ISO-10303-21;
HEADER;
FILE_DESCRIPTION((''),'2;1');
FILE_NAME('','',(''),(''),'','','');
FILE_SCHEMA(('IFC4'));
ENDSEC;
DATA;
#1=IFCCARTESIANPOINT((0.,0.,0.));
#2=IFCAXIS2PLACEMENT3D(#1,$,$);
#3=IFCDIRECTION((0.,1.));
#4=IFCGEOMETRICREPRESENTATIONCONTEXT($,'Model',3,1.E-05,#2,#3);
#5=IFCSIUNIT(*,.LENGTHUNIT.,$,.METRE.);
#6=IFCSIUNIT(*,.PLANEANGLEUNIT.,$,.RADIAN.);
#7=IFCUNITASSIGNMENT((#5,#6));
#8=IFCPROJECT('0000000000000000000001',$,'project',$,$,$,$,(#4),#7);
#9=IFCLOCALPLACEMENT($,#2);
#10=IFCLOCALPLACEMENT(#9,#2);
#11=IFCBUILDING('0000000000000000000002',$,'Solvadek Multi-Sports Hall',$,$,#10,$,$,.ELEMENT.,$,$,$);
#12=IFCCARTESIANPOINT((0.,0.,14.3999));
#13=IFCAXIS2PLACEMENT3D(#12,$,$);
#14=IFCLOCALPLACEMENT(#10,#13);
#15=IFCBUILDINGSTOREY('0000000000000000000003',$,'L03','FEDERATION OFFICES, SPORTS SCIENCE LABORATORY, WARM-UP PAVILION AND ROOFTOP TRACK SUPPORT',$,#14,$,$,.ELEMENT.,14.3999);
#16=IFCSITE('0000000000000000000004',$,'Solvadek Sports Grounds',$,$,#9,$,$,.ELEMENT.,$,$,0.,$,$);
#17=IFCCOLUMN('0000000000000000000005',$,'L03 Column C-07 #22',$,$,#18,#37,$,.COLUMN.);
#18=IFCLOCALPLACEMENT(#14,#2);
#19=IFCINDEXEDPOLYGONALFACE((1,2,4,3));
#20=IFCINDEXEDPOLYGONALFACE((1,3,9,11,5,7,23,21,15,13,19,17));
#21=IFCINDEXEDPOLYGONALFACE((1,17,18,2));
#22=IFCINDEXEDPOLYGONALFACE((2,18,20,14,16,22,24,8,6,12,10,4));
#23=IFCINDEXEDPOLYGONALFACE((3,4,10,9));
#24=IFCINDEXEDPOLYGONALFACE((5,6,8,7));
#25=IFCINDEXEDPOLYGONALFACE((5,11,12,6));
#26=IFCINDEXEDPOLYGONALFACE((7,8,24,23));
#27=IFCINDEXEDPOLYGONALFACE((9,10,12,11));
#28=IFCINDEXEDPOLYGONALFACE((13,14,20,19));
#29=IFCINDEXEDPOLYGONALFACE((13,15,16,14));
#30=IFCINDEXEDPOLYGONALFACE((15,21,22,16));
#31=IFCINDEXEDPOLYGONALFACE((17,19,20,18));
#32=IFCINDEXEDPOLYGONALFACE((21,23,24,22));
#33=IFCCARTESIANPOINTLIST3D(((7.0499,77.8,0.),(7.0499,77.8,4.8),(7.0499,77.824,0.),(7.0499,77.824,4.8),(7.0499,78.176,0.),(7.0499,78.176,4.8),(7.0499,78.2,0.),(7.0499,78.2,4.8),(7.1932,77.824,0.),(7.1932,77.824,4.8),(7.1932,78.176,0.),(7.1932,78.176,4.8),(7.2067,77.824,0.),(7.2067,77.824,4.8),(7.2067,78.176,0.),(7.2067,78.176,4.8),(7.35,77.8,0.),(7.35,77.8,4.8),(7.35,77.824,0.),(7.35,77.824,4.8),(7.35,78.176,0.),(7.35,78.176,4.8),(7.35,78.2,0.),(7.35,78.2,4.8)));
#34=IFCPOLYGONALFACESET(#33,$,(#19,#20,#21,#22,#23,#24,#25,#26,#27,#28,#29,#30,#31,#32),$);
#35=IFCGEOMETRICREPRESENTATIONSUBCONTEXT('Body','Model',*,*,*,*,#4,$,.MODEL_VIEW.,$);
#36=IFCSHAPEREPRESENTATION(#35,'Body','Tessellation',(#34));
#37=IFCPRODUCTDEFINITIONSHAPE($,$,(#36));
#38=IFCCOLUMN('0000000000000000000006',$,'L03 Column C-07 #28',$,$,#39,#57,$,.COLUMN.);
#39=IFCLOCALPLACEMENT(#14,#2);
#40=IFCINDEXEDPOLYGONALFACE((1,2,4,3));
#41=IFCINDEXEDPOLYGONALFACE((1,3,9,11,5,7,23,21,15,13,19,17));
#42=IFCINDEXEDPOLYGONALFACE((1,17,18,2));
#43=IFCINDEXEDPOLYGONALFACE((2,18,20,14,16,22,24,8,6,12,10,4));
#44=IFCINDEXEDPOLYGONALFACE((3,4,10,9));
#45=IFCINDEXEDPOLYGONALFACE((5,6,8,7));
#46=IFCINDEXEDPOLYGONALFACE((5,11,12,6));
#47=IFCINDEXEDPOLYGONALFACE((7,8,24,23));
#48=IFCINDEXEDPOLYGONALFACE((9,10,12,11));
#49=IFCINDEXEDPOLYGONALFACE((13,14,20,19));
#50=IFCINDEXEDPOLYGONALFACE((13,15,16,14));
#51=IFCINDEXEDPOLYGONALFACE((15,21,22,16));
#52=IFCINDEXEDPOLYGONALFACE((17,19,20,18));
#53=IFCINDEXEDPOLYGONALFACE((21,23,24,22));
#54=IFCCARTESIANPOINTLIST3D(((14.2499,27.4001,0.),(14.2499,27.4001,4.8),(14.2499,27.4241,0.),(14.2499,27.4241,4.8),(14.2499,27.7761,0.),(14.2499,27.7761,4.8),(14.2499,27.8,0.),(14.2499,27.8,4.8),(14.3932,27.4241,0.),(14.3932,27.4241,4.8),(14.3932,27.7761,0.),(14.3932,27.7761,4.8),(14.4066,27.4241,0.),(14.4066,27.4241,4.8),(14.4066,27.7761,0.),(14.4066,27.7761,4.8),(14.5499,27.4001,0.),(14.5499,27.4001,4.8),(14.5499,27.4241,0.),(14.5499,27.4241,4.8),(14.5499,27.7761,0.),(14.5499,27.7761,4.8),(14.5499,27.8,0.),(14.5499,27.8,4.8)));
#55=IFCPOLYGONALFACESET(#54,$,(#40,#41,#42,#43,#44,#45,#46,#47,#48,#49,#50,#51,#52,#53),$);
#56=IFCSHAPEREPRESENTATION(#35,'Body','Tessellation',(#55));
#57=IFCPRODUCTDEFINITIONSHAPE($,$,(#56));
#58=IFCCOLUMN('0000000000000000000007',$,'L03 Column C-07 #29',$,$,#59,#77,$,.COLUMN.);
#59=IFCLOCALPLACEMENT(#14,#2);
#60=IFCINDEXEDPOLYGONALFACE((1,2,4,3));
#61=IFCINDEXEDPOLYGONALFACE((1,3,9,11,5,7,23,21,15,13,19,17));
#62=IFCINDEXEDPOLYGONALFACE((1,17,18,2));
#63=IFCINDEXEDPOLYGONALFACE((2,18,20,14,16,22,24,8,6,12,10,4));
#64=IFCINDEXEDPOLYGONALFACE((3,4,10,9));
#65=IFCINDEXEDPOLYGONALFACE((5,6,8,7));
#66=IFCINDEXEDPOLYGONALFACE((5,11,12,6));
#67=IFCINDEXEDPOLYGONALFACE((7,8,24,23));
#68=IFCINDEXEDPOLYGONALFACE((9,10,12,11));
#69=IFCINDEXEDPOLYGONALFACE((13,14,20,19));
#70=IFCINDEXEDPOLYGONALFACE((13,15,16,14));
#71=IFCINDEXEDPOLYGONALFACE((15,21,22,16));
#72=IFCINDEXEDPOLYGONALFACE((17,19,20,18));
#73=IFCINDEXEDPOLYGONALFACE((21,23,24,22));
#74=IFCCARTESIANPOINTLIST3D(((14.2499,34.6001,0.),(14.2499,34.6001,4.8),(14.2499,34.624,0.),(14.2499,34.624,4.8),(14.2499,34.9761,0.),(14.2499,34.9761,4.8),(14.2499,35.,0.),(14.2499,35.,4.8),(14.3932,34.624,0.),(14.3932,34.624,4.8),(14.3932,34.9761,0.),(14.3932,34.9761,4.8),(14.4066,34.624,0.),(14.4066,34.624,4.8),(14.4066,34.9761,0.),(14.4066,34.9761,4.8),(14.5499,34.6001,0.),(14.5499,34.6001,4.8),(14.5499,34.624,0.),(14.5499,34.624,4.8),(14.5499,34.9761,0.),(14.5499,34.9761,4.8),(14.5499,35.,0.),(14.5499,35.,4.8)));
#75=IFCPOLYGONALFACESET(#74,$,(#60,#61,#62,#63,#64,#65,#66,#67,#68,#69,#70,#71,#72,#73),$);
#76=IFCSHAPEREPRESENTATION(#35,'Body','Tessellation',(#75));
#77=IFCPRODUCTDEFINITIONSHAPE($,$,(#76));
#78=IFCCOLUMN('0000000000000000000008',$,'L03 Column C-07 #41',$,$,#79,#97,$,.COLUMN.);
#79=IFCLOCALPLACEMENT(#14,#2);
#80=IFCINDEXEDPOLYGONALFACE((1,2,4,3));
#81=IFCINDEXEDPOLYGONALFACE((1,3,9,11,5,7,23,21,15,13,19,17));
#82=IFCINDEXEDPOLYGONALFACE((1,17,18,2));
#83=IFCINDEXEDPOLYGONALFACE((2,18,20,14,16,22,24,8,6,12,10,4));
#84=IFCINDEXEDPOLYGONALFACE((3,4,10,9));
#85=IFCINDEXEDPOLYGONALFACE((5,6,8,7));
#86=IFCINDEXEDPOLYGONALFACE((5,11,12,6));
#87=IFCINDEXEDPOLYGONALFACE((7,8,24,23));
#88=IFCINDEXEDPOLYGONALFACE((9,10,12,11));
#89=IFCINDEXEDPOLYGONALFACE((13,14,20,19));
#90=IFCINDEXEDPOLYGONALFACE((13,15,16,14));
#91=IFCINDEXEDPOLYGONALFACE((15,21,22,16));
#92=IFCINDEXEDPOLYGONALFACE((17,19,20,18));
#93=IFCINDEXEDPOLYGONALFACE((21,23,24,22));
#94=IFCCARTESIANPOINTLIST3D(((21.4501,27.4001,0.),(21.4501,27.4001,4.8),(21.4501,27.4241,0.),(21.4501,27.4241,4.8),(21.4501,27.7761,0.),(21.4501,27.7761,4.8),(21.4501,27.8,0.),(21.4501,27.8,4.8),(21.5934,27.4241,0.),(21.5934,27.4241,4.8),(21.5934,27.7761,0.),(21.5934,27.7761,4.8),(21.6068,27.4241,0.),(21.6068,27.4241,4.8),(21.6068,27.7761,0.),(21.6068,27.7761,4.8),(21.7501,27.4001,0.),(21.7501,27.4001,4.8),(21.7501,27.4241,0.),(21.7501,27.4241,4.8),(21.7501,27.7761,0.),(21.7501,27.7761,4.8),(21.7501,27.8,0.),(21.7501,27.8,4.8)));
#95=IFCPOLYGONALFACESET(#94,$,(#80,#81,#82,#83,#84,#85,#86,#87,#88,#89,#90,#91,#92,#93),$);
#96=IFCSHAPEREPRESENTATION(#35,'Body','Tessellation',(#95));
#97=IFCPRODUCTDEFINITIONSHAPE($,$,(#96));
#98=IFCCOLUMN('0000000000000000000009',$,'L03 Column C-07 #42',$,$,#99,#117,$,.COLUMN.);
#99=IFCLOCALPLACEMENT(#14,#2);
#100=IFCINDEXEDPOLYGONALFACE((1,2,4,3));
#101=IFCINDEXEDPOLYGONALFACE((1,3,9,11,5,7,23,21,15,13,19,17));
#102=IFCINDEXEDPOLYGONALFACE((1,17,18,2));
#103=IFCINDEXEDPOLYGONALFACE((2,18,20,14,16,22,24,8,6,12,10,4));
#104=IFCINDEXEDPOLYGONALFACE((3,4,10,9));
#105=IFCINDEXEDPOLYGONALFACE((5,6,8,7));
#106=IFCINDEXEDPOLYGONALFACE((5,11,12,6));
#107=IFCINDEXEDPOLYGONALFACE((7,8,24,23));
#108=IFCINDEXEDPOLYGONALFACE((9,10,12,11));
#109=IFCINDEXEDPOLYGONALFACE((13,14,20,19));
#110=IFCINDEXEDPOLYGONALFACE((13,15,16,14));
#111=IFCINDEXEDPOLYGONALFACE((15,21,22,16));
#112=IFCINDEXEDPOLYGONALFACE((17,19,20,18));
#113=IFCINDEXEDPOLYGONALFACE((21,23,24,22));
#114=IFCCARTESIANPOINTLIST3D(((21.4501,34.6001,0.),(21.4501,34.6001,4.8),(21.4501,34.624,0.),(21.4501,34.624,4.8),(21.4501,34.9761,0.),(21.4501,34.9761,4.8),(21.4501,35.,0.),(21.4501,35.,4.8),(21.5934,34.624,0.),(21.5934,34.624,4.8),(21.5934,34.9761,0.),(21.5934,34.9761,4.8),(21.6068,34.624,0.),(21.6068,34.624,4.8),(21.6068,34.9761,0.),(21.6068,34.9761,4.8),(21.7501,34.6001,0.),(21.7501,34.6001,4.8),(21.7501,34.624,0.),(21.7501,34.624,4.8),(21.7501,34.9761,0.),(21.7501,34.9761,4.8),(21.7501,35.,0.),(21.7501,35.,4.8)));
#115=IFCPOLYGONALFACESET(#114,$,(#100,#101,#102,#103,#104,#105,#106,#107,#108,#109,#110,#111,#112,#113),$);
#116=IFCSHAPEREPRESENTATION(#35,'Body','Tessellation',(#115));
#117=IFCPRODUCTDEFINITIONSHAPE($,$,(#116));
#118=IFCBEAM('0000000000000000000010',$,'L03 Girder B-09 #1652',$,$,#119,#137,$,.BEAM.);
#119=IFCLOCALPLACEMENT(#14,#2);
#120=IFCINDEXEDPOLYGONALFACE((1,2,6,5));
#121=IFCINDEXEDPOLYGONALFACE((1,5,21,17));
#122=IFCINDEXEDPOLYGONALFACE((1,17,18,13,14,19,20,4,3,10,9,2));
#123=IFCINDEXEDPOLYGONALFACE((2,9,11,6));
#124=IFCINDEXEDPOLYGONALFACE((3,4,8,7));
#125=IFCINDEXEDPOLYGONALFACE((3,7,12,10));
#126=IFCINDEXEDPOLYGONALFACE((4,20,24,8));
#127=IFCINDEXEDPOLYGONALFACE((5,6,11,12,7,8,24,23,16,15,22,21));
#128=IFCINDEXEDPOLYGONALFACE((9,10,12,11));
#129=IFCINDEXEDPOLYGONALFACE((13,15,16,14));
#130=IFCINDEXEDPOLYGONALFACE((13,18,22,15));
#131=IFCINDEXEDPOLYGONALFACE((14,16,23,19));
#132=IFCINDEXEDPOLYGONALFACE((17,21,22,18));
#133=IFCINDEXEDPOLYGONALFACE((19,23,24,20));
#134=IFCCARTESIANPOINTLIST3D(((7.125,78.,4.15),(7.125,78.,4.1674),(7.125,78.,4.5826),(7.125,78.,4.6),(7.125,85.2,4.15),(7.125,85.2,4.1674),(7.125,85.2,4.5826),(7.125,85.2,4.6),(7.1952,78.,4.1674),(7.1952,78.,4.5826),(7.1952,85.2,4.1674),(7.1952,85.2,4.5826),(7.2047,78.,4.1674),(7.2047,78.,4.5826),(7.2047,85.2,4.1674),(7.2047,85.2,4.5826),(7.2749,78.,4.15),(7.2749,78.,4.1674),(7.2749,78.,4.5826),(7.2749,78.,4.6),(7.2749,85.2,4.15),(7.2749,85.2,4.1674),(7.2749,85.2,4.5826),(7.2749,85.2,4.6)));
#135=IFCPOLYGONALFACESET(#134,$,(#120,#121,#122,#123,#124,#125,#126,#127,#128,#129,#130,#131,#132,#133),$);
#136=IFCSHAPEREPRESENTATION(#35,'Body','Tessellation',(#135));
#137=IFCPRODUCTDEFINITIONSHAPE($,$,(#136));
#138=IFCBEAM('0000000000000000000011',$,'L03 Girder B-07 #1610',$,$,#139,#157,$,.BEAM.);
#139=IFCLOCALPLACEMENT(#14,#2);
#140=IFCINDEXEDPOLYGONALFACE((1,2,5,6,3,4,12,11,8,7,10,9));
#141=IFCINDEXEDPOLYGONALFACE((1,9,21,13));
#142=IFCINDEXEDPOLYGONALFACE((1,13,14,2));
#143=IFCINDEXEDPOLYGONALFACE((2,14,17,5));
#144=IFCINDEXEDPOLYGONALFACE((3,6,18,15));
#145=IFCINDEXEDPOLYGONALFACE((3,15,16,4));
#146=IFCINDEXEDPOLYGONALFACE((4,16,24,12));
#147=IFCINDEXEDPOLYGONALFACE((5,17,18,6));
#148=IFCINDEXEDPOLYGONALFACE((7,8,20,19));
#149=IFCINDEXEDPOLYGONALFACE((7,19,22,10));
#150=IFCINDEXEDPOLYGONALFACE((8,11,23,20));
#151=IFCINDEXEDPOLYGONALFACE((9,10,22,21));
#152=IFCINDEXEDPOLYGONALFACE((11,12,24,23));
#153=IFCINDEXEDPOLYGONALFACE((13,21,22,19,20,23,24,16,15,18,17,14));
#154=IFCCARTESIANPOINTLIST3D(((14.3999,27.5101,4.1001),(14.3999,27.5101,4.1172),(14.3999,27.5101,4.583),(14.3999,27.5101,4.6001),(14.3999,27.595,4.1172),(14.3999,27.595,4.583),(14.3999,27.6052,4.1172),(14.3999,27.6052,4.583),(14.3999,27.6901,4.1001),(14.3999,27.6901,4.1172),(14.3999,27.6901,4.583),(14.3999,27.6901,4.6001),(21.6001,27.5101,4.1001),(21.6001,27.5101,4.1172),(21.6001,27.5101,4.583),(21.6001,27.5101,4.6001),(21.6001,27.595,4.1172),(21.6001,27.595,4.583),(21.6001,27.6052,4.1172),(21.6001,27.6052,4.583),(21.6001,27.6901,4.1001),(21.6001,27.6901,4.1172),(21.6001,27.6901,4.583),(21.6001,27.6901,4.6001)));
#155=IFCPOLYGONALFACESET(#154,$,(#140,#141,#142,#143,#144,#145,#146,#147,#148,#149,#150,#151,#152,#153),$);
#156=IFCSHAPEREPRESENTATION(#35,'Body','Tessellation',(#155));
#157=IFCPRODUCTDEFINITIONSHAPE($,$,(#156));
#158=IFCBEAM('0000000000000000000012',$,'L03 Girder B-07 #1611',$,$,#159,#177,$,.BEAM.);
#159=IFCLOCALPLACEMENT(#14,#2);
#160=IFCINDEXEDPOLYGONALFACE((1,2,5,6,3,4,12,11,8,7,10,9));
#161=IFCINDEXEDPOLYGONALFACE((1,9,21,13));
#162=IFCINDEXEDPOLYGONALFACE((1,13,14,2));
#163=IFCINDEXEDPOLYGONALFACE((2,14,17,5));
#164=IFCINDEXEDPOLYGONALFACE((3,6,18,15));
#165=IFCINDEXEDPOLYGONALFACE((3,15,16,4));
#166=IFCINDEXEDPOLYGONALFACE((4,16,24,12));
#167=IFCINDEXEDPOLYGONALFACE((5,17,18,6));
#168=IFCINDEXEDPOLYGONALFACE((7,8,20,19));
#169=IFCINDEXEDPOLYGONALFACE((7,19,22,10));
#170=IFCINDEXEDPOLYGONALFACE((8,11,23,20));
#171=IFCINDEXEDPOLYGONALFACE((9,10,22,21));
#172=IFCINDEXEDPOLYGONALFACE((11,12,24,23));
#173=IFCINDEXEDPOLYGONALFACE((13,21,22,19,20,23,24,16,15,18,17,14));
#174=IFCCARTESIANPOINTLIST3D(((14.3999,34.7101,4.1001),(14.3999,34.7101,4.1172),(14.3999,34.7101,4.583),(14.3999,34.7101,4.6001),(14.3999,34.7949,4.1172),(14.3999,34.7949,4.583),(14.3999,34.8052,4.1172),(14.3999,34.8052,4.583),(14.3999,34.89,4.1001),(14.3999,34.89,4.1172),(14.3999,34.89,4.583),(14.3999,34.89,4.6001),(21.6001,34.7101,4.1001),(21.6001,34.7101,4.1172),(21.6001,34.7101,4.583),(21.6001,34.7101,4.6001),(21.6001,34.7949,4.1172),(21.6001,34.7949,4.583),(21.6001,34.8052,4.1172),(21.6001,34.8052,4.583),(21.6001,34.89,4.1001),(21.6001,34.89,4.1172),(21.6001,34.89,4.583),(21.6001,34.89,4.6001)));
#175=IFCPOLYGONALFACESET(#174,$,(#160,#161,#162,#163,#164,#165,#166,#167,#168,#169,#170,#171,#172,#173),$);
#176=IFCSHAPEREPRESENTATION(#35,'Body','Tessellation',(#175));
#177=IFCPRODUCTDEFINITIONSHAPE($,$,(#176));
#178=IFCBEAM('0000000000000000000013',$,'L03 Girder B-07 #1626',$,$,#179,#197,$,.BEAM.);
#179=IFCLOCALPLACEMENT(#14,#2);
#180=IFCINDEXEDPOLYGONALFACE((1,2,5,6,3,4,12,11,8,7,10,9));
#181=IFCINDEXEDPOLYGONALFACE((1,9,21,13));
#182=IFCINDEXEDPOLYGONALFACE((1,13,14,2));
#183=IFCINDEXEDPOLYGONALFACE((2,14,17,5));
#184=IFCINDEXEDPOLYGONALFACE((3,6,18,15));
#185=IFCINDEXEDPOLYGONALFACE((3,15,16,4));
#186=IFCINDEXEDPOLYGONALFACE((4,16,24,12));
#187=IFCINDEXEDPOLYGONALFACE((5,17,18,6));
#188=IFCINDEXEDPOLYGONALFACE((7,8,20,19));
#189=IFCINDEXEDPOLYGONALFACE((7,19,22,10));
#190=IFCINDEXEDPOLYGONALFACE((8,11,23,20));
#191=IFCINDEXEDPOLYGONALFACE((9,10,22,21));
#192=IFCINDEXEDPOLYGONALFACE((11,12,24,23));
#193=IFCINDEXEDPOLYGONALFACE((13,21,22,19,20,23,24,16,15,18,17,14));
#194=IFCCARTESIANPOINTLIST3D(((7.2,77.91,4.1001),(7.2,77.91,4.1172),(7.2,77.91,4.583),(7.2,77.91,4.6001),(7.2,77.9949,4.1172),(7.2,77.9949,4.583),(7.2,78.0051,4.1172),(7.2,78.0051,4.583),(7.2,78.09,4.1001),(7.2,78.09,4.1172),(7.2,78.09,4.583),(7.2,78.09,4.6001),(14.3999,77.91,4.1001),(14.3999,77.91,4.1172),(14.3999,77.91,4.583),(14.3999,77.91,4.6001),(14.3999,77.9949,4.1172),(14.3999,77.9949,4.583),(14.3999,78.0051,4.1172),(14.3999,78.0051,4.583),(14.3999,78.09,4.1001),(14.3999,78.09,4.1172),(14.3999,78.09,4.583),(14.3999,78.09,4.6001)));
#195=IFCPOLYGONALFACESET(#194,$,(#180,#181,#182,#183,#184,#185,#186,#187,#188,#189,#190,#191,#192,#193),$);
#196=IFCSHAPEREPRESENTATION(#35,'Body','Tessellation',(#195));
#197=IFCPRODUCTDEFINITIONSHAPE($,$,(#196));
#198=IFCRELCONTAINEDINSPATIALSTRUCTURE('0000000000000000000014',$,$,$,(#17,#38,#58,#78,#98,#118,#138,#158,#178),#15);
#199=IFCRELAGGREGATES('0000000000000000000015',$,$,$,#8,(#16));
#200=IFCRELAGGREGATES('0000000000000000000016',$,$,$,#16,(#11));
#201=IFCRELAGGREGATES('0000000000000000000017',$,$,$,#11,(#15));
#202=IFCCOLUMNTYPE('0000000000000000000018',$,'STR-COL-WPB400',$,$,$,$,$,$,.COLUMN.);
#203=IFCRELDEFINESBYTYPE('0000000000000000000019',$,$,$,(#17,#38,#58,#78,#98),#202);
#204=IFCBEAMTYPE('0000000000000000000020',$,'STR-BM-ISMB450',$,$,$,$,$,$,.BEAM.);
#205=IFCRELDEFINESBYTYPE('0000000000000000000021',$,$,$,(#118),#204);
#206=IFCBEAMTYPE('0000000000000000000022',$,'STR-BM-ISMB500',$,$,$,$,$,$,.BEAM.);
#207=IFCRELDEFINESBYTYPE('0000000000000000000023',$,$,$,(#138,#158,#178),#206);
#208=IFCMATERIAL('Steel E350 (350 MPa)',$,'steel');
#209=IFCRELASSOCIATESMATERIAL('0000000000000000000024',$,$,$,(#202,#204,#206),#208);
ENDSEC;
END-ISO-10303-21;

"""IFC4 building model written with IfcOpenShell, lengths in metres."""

from ifc_helpers import new_model, si_unit, direction, frame, origin, origin_2d, place, context, subcontext, project, spatial, i_section, extrude, material, material_profile, profile_set, type_object, element, save


model = new_model("IFC4")

# Units and contexts
model_context = context("Model", 3, precision=1e-05, world=origin(), true_north=direction((0.0, 1.0)))
body_context = subcontext(model_context, "Body", "Model", "MODEL_VIEW")
ifc_project = project(units=[si_unit("LENGTHUNIT", "METRE"), si_unit("PLANEANGLEUNIT", "RADIAN")], contexts=[model_context])

# Site, building, storey
site_placement = place(None, origin())
site = spatial("IfcSite", under=ifc_project, at=site_placement, Name="Solvadek Sports Grounds", CompositionType="ELEMENT", RefElevation=0.0)
building_placement = place(site_placement, origin())
building = spatial("IfcBuilding", under=site, at=building_placement, Name="Solvadek Multi-Sports Hall", CompositionType="ELEMENT")
storey_placement = place(building_placement, frame((0.0, 0.0, 14.3999)))
storey = spatial("IfcBuildingStorey", under=building, at=storey_placement, Name="L03", Description="FEDERATION OFFICES, SPORTS SCIENCE LABORATORY, WARM-UP PAVILION AND ROOFTOP TRACK SUPPORT", CompositionType="ELEMENT", Elevation=14.3999)

# Columns
ifc_material_1 = material(Name="Steel E350 (350 MPa)", Category="steel")
ifc_material_profile_1 = material_profile(ifc_material_1, i_section(OverallWidth=0.3, OverallDepth=0.3999, WebThickness=0.0134, FlangeThickness=0.0239, at=origin_2d()), Name="WPB 400")
ifc_profile_set_1 = profile_set([ifc_material_profile_1], Name="Steel E350 (350 MPa)")
column_type = type_object("IfcColumnType", Name="STR-COL-WPB400", PredefinedType="COLUMN", material=ifc_profile_set_1)
for number, where, z_axis, x_axis, name in (
    (1, (7.2, 78.0, 0.0), (0.0, 0.0, 1.0), (1.0, 0.0, 0.0), "L03 Column C-07 #22"),
    (2, (14.3999, 27.6001, 0.0), (0.0, 0.0, 1.0), (1.0, 0.0, 0.0), "L03 Column C-07 #28"),
    (3, (14.3999, 34.8, 0.0), (0.0, 0.0, 1.0), (1.0, 0.0, 0.0), "L03 Column C-07 #29"),
    (4, (21.6001, 27.6001, 0.0), (0.0, 0.0, 1.0), (1.0, 0.0, 0.0), "L03 Column C-07 #41"),
    (5, (21.6001, 34.8, 0.0), (0.0, 0.0, 1.0), (1.0, 0.0, 0.0), "L03 Column C-07 #42"),
):
    element("IfcColumn", number, at=place(storey_placement, frame(where, z_axis=z_axis, x_axis=x_axis)), inside=storey, type_object=column_type, Name=name, PredefinedType="COLUMN", context=body_context, shape_type="SweptSolid", body=[
        extrude(i_section(OverallWidth=0.3, OverallDepth=0.3999, WebThickness=0.0134, FlangeThickness=0.0239, at=origin_2d()), origin(), (0.0, 0.0, 1.0), 4.8),
    ])

# Beams
ifc_material_profile_2 = material_profile(ifc_material_1, i_section(OverallWidth=0.1499, OverallDepth=0.45, WebThickness=0.0095, FlangeThickness=0.0173, at=origin_2d()), Name="ISMB 450")
ifc_profile_set_2 = profile_set([ifc_material_profile_2], Name="Steel E350 (350 MPa)")
beam_type_1 = type_object("IfcBeamType", Name="STR-BM-ISMB450", PredefinedType="BEAM", material=ifc_profile_set_2)
beam_1_placement = place(storey_placement, frame((7.2, 78.0, 4.375), z_axis=(0.0, 1.0, 0.0), x_axis=(-1.0, 0.0, 0.0)))
element("IfcBeam", 6, at=beam_1_placement, inside=storey, type_object=beam_type_1, Name="L03 Girder B-09 #1652", PredefinedType="BEAM", context=body_context, shape_type="SweptSolid", body=[
    extrude(i_section(OverallWidth=0.1499, OverallDepth=0.45, WebThickness=0.0095, FlangeThickness=0.0173, at=origin_2d()), origin(), (0.0, 0.0, 1.0), 7.2),
])
ifc_material_profile_3 = material_profile(ifc_material_1, i_section(OverallWidth=0.1799, OverallDepth=0.5, WebThickness=0.0103, FlangeThickness=0.0171, at=origin_2d()), Name="ISMB 500")
ifc_profile_set_3 = profile_set([ifc_material_profile_3], Name="Steel E350 (350 MPa)")
beam_type_2 = type_object("IfcBeamType", Name="STR-BM-ISMB500", PredefinedType="BEAM", material=ifc_profile_set_3)
for number, where, z_axis, x_axis, name in (
    (7, (14.3999, 27.6001, 4.3501), (1.0, 0.0, 0.0), (0.0, 1.0, 0.0), "L03 Girder B-07 #1610"),
    (8, (14.3999, 34.8, 4.3501), (1.0, 0.0, 0.0), (0.0, 1.0, 0.0), "L03 Girder B-07 #1611"),
):
    element("IfcBeam", number, at=place(storey_placement, frame(where, z_axis=z_axis, x_axis=x_axis)), inside=storey, type_object=beam_type_2, Name=name, PredefinedType="BEAM", context=body_context, shape_type="SweptSolid", body=[
        extrude(i_section(OverallWidth=0.1799, OverallDepth=0.5, WebThickness=0.0103, FlangeThickness=0.0171, at=origin_2d()), origin(), (0.0, 0.0, 1.0), 7.2002),
    ])
beam_2_placement = place(storey_placement, frame((7.2, 78.0, 4.3501), z_axis=(1.0, 0.0, 0.0), x_axis=(0.0, 1.0, 0.0)))
element("IfcBeam", 9, at=beam_2_placement, inside=storey, type_object=beam_type_2, Name="L03 Girder B-07 #1626", PredefinedType="BEAM", context=body_context, shape_type="SweptSolid", body=[
    extrude(i_section(OverallWidth=0.1799, OverallDepth=0.5, WebThickness=0.0103, FlangeThickness=0.0171, at=origin_2d()), origin(), (0.0, 0.0, 1.0), 7.2),
])

save(model, "model.ifc")
